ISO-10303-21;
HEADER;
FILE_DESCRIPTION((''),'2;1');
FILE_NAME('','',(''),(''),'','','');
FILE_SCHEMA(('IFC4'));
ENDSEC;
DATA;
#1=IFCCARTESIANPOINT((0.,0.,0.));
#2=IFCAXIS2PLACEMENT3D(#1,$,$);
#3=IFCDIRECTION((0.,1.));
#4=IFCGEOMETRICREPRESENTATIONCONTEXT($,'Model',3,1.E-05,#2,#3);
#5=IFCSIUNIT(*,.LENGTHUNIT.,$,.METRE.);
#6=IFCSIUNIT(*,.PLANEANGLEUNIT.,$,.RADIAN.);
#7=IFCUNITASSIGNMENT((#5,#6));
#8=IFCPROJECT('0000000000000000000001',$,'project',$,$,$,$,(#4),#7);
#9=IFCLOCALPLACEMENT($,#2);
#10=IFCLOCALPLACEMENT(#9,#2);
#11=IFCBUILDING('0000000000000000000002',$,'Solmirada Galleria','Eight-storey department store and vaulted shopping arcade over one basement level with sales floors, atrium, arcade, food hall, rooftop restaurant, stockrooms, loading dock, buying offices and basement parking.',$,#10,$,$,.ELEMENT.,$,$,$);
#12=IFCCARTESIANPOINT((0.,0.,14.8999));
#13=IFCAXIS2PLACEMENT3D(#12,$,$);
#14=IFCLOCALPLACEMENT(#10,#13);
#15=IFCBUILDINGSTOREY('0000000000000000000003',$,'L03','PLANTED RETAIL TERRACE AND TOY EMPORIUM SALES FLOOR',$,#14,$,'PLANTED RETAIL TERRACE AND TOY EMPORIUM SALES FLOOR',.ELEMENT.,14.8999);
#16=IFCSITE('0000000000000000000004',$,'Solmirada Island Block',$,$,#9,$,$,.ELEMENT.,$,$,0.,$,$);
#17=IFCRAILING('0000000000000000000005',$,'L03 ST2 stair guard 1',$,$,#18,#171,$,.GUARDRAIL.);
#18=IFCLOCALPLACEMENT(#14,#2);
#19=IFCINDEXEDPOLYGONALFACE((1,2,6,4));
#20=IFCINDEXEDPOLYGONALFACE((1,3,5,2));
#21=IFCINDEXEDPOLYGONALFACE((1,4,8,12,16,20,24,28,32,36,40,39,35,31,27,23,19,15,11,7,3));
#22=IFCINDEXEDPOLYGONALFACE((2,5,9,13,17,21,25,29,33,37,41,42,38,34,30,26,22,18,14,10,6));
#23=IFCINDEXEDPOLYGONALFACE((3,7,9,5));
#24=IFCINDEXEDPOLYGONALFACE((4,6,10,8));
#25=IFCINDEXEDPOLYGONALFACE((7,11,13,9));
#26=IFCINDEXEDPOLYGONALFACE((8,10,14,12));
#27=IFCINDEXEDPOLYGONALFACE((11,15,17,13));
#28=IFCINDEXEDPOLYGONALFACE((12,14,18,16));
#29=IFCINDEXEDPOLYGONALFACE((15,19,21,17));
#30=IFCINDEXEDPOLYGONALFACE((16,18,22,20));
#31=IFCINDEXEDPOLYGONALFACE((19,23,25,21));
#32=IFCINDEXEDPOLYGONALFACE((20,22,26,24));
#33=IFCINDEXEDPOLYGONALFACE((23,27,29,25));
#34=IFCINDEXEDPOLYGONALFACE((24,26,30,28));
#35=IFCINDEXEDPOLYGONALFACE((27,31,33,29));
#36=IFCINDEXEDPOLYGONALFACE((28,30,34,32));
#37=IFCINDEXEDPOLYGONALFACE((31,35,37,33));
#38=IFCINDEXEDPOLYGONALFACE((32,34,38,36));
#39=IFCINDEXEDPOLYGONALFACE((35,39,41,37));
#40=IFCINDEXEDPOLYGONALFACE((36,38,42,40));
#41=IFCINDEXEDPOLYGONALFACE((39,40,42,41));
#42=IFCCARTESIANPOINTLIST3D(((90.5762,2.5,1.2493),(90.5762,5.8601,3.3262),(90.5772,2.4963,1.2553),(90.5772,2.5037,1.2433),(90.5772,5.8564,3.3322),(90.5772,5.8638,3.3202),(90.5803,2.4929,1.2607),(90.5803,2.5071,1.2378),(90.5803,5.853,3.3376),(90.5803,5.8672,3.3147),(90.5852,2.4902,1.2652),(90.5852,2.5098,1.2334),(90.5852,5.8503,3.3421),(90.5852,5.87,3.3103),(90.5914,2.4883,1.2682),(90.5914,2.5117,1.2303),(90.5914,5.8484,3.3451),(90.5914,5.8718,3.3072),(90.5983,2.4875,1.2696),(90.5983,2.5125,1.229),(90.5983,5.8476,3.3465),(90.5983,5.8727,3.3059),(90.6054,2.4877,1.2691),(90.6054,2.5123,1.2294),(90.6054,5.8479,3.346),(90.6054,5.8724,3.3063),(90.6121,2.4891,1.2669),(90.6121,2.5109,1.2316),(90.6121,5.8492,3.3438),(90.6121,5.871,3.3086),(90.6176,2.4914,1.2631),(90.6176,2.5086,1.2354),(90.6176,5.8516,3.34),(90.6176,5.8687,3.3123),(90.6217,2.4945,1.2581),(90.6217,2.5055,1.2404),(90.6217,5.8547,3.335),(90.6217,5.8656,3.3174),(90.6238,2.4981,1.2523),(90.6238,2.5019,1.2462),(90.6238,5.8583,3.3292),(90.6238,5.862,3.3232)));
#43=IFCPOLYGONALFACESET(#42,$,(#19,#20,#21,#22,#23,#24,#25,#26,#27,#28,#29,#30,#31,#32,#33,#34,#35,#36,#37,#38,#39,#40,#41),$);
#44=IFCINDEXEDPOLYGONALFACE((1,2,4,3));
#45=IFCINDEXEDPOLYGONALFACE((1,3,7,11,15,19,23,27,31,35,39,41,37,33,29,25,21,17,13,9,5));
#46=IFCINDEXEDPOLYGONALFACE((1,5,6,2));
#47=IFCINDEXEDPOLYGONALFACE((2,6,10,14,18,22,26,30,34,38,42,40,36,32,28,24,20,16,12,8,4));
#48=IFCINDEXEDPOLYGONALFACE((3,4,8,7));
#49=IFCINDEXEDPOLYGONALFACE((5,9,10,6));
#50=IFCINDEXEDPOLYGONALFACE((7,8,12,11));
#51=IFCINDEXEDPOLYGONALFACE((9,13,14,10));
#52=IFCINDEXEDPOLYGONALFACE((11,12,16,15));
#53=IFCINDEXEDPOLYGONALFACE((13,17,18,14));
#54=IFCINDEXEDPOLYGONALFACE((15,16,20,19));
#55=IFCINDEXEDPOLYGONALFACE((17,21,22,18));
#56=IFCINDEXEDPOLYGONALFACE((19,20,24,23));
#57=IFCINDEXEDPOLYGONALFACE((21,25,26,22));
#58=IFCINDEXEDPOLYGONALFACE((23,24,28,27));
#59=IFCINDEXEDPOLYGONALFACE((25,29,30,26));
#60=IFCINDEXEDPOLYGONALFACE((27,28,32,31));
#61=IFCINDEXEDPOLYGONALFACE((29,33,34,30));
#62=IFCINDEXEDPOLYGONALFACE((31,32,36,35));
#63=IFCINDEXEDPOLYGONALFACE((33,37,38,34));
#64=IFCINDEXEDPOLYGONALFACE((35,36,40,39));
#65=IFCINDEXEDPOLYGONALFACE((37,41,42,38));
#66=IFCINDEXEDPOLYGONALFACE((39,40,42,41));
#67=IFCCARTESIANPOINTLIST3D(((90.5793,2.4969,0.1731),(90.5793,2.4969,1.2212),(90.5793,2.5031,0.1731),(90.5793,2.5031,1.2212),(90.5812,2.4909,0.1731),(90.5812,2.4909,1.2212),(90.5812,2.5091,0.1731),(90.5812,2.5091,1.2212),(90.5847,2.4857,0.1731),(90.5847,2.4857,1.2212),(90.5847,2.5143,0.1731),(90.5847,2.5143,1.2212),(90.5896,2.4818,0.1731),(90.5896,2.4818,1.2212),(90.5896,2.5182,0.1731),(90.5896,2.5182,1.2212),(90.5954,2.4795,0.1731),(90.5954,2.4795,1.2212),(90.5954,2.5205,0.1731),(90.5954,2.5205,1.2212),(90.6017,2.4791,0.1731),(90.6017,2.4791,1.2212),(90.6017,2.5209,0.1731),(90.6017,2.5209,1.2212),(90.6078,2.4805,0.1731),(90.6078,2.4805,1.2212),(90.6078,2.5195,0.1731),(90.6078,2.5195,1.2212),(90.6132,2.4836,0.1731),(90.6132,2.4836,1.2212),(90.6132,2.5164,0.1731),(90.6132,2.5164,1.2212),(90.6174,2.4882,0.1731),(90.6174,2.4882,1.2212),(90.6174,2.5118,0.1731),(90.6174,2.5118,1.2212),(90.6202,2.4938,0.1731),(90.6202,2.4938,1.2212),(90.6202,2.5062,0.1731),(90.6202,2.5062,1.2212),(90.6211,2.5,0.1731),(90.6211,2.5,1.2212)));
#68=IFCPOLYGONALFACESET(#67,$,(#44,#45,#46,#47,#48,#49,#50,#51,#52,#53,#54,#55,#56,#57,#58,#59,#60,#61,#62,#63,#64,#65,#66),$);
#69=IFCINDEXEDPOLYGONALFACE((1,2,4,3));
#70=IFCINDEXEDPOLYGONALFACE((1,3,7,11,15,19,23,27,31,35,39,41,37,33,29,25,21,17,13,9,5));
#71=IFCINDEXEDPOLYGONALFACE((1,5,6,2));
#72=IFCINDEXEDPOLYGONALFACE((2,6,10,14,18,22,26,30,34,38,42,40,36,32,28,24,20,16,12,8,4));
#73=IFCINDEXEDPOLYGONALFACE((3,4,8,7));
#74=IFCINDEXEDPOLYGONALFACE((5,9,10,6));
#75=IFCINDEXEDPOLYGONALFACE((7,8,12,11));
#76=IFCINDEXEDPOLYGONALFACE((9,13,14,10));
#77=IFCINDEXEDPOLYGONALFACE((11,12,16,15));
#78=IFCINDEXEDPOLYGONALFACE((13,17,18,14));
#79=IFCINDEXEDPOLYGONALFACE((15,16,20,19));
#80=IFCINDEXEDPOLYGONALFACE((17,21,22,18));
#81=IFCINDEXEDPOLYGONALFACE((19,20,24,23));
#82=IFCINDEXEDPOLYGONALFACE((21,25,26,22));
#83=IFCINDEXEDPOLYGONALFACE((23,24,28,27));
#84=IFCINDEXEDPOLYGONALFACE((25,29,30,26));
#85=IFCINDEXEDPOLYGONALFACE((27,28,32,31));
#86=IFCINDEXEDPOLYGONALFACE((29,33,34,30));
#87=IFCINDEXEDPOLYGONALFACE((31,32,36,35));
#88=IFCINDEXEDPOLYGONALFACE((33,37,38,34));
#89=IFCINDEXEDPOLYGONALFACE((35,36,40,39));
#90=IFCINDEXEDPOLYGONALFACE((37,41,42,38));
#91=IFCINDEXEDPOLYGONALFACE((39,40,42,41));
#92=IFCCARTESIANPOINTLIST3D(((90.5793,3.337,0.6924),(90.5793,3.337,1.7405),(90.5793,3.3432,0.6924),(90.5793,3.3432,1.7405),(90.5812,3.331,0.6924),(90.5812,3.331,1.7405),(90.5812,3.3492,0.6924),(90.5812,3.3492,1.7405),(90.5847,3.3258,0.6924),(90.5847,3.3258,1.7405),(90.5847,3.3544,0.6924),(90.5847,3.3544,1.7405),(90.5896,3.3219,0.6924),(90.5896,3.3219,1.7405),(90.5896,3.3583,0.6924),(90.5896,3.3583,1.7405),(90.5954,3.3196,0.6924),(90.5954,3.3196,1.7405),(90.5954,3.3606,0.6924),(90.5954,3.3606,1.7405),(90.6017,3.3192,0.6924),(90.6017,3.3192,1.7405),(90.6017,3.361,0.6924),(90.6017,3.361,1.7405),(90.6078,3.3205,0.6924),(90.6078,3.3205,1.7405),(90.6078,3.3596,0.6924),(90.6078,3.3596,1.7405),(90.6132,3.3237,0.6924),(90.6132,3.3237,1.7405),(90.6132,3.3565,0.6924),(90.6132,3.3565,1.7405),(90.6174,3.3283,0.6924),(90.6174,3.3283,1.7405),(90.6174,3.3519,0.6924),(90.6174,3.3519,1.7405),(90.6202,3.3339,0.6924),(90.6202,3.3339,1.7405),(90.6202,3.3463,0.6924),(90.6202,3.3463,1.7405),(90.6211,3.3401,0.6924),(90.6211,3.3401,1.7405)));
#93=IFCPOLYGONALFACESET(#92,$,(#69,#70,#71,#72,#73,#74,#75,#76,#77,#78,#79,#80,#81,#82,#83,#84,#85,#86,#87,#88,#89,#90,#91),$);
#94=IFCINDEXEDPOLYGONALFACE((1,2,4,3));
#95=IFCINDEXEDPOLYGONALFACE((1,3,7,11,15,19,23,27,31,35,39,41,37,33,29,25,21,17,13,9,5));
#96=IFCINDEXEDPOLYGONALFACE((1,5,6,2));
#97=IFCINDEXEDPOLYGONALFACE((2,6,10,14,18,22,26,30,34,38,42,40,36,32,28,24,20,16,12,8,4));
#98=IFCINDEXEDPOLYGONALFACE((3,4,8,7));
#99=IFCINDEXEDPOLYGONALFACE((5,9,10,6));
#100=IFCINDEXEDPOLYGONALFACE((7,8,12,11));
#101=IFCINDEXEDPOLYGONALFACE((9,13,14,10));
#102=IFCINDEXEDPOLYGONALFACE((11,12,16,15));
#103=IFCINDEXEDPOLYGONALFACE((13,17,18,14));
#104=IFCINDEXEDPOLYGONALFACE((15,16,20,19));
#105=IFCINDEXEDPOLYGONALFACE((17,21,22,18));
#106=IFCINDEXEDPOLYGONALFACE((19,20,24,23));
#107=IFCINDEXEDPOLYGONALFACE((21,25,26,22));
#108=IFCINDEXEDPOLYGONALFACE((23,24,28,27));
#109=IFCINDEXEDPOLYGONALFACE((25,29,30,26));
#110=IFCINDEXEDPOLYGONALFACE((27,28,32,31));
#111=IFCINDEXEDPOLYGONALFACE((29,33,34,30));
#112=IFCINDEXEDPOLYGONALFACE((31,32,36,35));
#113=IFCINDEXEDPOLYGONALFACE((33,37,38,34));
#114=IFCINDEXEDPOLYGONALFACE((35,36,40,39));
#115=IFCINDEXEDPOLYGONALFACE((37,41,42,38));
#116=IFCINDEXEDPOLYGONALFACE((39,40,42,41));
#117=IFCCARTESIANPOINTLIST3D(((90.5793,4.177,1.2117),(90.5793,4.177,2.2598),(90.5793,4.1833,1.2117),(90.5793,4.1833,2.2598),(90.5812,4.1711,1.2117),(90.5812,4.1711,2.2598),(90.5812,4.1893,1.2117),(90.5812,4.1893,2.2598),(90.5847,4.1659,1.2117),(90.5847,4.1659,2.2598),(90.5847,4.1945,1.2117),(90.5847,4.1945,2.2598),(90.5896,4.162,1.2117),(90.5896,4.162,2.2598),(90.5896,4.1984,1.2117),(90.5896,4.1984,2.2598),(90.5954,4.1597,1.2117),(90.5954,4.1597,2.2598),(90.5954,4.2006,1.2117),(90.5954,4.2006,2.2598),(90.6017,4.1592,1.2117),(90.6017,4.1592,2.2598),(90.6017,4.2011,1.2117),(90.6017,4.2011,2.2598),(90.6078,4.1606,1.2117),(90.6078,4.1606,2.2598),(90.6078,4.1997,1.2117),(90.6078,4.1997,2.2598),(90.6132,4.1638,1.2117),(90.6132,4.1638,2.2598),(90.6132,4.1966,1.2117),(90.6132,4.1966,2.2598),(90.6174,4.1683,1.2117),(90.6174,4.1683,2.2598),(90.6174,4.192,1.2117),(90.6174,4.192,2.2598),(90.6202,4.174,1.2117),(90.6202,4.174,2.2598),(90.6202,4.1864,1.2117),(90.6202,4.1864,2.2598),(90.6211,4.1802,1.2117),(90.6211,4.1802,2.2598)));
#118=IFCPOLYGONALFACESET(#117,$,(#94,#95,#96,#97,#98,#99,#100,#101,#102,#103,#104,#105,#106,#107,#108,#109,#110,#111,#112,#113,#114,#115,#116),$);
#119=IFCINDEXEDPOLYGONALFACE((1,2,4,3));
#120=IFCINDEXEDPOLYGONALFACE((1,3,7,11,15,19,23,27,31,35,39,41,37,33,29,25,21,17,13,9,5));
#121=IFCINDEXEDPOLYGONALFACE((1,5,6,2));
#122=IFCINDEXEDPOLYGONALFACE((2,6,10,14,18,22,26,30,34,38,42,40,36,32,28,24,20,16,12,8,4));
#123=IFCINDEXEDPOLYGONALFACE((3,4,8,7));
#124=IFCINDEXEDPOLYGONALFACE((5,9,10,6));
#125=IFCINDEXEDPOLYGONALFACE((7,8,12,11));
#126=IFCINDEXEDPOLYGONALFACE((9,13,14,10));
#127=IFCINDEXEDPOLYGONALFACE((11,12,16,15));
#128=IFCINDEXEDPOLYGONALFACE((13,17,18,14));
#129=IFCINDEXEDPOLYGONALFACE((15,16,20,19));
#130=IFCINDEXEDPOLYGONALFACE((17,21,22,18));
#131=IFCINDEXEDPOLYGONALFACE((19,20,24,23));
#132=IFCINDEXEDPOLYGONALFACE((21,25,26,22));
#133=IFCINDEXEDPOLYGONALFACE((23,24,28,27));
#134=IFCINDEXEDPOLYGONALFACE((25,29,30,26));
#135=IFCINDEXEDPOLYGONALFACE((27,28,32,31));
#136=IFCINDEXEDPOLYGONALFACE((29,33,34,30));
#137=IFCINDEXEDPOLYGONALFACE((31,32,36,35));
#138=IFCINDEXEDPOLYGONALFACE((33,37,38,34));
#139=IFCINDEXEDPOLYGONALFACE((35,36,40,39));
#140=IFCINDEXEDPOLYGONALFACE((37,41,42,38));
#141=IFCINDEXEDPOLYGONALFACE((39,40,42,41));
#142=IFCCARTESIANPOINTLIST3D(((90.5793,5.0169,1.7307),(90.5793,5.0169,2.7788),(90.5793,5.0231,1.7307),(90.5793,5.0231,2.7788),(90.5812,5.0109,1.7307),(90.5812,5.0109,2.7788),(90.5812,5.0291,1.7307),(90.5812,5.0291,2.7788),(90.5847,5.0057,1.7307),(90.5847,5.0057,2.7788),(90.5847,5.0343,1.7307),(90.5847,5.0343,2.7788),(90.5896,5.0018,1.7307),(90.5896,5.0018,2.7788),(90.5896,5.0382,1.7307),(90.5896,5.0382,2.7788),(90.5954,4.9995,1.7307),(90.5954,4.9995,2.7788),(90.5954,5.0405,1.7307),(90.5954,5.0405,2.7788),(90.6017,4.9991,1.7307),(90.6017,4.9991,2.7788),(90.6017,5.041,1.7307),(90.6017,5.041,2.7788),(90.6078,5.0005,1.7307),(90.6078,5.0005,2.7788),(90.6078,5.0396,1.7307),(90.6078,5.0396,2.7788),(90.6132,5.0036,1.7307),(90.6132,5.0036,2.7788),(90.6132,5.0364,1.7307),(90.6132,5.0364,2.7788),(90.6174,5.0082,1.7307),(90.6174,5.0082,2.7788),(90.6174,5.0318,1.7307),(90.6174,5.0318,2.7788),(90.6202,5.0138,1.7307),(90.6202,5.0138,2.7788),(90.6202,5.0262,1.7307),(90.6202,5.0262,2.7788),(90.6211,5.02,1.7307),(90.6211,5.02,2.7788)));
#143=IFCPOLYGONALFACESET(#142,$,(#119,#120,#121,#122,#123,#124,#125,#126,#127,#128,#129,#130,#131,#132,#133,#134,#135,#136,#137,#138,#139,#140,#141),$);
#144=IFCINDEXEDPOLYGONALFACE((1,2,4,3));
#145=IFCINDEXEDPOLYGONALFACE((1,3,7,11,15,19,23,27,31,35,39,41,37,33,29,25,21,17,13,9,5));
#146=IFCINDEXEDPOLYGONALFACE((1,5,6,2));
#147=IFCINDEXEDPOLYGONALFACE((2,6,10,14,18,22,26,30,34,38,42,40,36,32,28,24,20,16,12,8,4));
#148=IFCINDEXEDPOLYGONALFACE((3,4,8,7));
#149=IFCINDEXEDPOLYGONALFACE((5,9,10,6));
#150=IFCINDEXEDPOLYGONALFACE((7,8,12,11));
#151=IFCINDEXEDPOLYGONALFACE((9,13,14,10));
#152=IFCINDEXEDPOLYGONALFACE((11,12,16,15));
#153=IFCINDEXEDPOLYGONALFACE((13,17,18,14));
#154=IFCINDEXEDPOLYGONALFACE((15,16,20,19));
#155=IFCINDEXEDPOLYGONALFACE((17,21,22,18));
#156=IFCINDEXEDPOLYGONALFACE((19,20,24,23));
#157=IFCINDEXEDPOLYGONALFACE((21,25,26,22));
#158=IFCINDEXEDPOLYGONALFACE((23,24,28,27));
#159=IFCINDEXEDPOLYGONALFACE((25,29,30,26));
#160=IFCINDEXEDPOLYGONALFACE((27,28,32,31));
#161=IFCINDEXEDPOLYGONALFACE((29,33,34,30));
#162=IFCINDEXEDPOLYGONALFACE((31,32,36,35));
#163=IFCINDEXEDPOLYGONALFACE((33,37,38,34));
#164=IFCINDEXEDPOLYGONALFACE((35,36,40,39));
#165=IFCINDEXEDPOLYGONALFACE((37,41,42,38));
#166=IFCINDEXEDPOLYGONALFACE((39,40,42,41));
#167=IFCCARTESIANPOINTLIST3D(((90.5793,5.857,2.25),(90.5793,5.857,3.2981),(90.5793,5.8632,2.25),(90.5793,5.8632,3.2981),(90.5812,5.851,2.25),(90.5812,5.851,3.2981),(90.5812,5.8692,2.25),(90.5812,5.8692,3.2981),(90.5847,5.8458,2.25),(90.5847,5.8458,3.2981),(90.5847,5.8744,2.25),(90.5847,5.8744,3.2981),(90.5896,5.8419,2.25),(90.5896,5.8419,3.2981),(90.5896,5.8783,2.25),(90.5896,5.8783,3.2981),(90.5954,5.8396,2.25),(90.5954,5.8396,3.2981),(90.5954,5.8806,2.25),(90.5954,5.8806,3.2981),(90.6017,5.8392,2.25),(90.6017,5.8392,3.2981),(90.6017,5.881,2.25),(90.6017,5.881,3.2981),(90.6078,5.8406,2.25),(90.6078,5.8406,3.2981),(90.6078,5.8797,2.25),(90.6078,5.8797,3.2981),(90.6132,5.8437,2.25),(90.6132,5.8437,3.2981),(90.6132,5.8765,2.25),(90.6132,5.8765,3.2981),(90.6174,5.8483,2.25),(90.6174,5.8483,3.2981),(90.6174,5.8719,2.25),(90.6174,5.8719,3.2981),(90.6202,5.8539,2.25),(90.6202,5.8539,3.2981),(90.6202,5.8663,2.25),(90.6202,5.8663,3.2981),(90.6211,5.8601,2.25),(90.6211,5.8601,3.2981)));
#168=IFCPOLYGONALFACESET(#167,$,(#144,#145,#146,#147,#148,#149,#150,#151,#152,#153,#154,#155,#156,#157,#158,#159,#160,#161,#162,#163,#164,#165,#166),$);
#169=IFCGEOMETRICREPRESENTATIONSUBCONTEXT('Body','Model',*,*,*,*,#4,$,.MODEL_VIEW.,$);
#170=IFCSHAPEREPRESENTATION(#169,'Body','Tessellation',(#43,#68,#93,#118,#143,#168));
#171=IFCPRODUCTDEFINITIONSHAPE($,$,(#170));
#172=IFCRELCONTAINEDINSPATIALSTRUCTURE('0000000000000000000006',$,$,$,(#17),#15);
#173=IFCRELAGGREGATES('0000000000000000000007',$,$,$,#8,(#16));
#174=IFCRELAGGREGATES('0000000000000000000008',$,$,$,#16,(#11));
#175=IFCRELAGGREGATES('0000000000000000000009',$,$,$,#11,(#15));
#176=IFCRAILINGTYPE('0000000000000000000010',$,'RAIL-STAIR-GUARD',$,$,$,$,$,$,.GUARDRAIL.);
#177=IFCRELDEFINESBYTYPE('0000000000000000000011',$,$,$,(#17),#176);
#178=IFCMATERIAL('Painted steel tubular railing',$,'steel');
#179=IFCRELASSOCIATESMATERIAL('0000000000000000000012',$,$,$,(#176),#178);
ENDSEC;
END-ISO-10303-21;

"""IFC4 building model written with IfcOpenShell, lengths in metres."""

from ifc_helpers import new_model, si_unit, direction, frame, origin, origin_2d, place, context, subcontext, project, spatial, circle, extrude, material, type_object, element, save


model = new_model("IFC4")

# Units and contexts
model_context = context("Model", 3, precision=1e-05, world=origin(), true_north=direction((0.0, 1.0)))
body_context = subcontext(model_context, "Body", "Model", "MODEL_VIEW")
ifc_project = project(units=[si_unit("LENGTHUNIT", "METRE"), si_unit("PLANEANGLEUNIT", "RADIAN")], contexts=[model_context])

# Site, building, storey
site_placement = place(None, origin())
site = spatial("IfcSite", under=ifc_project, at=site_placement, Name="Solmirada Island Block", CompositionType="ELEMENT", RefElevation=0.0)
building_placement = place(site_placement, origin())
building = spatial("IfcBuilding", under=site, at=building_placement, Name="Solmirada Galleria", Description="Eight-storey department store and vaulted shopping arcade over one basement level with sales floors, atrium, arcade, food hall, rooftop restaurant, stockrooms, loading dock, buying offices and basement parking.", CompositionType="ELEMENT")
storey_placement = place(building_placement, frame((0.0, 0.0, 14.8999)))
storey = spatial("IfcBuildingStorey", under=building, at=storey_placement, Name="L03", Description="PLANTED RETAIL TERRACE AND TOY EMPORIUM SALES FLOOR", LongName="PLANTED RETAIL TERRACE AND TOY EMPORIUM SALES FLOOR", CompositionType="ELEMENT", Elevation=14.8999)

# Railing
ifc_material_1 = material(Name="Painted steel tubular railing", Category="steel")
railing_type_1 = type_object("IfcRailingType", Name="RAIL-STAIR-GUARD", PredefinedType="GUARDRAIL", material=ifc_material_1)
railing_1_placement = place(storey_placement, frame((90.6001, 2.5, 0.1731)))
element("IfcRailing", 1, at=railing_1_placement, inside=storey, type_object=railing_type_1, Name="L03 ST2 stair guard 1", PredefinedType="GUARDRAIL", context=body_context, shape_type="SweptSolid", body=[
    extrude(circle(Radius=0.0239, at=origin_2d()), frame((0.0, 0.0, 1.0762), z_axis=(0.0, 0.850623, 0.525776), x_axis=(-1.0, 0.0, 0.0)), (0.0, 0.0, 1.0), 3.9502),
    extrude(circle(Radius=0.021, at=origin_2d()), origin(), (0.0, 0.0, 1.0), 1.0481),
    extrude(circle(Radius=0.021, at=origin_2d()), frame((0.0, 0.8401, 0.5193)), (0.0, 0.0, 1.0), 1.0481),
    extrude(circle(Radius=0.021, at=origin_2d()), frame((0.0, 1.6802, 1.0386)), (0.0, 0.0, 1.0), 1.0481),
    extrude(circle(Radius=0.021, at=origin_2d()), frame((0.0, 2.52, 1.5576)), (0.0, 0.0, 1.0), 1.0481),
    extrude(circle(Radius=0.021, at=origin_2d()), frame((0.0, 3.3601, 2.0769)), (0.0, 0.0, 1.0), 1.0481),
])

save(model, "model.ifc")
